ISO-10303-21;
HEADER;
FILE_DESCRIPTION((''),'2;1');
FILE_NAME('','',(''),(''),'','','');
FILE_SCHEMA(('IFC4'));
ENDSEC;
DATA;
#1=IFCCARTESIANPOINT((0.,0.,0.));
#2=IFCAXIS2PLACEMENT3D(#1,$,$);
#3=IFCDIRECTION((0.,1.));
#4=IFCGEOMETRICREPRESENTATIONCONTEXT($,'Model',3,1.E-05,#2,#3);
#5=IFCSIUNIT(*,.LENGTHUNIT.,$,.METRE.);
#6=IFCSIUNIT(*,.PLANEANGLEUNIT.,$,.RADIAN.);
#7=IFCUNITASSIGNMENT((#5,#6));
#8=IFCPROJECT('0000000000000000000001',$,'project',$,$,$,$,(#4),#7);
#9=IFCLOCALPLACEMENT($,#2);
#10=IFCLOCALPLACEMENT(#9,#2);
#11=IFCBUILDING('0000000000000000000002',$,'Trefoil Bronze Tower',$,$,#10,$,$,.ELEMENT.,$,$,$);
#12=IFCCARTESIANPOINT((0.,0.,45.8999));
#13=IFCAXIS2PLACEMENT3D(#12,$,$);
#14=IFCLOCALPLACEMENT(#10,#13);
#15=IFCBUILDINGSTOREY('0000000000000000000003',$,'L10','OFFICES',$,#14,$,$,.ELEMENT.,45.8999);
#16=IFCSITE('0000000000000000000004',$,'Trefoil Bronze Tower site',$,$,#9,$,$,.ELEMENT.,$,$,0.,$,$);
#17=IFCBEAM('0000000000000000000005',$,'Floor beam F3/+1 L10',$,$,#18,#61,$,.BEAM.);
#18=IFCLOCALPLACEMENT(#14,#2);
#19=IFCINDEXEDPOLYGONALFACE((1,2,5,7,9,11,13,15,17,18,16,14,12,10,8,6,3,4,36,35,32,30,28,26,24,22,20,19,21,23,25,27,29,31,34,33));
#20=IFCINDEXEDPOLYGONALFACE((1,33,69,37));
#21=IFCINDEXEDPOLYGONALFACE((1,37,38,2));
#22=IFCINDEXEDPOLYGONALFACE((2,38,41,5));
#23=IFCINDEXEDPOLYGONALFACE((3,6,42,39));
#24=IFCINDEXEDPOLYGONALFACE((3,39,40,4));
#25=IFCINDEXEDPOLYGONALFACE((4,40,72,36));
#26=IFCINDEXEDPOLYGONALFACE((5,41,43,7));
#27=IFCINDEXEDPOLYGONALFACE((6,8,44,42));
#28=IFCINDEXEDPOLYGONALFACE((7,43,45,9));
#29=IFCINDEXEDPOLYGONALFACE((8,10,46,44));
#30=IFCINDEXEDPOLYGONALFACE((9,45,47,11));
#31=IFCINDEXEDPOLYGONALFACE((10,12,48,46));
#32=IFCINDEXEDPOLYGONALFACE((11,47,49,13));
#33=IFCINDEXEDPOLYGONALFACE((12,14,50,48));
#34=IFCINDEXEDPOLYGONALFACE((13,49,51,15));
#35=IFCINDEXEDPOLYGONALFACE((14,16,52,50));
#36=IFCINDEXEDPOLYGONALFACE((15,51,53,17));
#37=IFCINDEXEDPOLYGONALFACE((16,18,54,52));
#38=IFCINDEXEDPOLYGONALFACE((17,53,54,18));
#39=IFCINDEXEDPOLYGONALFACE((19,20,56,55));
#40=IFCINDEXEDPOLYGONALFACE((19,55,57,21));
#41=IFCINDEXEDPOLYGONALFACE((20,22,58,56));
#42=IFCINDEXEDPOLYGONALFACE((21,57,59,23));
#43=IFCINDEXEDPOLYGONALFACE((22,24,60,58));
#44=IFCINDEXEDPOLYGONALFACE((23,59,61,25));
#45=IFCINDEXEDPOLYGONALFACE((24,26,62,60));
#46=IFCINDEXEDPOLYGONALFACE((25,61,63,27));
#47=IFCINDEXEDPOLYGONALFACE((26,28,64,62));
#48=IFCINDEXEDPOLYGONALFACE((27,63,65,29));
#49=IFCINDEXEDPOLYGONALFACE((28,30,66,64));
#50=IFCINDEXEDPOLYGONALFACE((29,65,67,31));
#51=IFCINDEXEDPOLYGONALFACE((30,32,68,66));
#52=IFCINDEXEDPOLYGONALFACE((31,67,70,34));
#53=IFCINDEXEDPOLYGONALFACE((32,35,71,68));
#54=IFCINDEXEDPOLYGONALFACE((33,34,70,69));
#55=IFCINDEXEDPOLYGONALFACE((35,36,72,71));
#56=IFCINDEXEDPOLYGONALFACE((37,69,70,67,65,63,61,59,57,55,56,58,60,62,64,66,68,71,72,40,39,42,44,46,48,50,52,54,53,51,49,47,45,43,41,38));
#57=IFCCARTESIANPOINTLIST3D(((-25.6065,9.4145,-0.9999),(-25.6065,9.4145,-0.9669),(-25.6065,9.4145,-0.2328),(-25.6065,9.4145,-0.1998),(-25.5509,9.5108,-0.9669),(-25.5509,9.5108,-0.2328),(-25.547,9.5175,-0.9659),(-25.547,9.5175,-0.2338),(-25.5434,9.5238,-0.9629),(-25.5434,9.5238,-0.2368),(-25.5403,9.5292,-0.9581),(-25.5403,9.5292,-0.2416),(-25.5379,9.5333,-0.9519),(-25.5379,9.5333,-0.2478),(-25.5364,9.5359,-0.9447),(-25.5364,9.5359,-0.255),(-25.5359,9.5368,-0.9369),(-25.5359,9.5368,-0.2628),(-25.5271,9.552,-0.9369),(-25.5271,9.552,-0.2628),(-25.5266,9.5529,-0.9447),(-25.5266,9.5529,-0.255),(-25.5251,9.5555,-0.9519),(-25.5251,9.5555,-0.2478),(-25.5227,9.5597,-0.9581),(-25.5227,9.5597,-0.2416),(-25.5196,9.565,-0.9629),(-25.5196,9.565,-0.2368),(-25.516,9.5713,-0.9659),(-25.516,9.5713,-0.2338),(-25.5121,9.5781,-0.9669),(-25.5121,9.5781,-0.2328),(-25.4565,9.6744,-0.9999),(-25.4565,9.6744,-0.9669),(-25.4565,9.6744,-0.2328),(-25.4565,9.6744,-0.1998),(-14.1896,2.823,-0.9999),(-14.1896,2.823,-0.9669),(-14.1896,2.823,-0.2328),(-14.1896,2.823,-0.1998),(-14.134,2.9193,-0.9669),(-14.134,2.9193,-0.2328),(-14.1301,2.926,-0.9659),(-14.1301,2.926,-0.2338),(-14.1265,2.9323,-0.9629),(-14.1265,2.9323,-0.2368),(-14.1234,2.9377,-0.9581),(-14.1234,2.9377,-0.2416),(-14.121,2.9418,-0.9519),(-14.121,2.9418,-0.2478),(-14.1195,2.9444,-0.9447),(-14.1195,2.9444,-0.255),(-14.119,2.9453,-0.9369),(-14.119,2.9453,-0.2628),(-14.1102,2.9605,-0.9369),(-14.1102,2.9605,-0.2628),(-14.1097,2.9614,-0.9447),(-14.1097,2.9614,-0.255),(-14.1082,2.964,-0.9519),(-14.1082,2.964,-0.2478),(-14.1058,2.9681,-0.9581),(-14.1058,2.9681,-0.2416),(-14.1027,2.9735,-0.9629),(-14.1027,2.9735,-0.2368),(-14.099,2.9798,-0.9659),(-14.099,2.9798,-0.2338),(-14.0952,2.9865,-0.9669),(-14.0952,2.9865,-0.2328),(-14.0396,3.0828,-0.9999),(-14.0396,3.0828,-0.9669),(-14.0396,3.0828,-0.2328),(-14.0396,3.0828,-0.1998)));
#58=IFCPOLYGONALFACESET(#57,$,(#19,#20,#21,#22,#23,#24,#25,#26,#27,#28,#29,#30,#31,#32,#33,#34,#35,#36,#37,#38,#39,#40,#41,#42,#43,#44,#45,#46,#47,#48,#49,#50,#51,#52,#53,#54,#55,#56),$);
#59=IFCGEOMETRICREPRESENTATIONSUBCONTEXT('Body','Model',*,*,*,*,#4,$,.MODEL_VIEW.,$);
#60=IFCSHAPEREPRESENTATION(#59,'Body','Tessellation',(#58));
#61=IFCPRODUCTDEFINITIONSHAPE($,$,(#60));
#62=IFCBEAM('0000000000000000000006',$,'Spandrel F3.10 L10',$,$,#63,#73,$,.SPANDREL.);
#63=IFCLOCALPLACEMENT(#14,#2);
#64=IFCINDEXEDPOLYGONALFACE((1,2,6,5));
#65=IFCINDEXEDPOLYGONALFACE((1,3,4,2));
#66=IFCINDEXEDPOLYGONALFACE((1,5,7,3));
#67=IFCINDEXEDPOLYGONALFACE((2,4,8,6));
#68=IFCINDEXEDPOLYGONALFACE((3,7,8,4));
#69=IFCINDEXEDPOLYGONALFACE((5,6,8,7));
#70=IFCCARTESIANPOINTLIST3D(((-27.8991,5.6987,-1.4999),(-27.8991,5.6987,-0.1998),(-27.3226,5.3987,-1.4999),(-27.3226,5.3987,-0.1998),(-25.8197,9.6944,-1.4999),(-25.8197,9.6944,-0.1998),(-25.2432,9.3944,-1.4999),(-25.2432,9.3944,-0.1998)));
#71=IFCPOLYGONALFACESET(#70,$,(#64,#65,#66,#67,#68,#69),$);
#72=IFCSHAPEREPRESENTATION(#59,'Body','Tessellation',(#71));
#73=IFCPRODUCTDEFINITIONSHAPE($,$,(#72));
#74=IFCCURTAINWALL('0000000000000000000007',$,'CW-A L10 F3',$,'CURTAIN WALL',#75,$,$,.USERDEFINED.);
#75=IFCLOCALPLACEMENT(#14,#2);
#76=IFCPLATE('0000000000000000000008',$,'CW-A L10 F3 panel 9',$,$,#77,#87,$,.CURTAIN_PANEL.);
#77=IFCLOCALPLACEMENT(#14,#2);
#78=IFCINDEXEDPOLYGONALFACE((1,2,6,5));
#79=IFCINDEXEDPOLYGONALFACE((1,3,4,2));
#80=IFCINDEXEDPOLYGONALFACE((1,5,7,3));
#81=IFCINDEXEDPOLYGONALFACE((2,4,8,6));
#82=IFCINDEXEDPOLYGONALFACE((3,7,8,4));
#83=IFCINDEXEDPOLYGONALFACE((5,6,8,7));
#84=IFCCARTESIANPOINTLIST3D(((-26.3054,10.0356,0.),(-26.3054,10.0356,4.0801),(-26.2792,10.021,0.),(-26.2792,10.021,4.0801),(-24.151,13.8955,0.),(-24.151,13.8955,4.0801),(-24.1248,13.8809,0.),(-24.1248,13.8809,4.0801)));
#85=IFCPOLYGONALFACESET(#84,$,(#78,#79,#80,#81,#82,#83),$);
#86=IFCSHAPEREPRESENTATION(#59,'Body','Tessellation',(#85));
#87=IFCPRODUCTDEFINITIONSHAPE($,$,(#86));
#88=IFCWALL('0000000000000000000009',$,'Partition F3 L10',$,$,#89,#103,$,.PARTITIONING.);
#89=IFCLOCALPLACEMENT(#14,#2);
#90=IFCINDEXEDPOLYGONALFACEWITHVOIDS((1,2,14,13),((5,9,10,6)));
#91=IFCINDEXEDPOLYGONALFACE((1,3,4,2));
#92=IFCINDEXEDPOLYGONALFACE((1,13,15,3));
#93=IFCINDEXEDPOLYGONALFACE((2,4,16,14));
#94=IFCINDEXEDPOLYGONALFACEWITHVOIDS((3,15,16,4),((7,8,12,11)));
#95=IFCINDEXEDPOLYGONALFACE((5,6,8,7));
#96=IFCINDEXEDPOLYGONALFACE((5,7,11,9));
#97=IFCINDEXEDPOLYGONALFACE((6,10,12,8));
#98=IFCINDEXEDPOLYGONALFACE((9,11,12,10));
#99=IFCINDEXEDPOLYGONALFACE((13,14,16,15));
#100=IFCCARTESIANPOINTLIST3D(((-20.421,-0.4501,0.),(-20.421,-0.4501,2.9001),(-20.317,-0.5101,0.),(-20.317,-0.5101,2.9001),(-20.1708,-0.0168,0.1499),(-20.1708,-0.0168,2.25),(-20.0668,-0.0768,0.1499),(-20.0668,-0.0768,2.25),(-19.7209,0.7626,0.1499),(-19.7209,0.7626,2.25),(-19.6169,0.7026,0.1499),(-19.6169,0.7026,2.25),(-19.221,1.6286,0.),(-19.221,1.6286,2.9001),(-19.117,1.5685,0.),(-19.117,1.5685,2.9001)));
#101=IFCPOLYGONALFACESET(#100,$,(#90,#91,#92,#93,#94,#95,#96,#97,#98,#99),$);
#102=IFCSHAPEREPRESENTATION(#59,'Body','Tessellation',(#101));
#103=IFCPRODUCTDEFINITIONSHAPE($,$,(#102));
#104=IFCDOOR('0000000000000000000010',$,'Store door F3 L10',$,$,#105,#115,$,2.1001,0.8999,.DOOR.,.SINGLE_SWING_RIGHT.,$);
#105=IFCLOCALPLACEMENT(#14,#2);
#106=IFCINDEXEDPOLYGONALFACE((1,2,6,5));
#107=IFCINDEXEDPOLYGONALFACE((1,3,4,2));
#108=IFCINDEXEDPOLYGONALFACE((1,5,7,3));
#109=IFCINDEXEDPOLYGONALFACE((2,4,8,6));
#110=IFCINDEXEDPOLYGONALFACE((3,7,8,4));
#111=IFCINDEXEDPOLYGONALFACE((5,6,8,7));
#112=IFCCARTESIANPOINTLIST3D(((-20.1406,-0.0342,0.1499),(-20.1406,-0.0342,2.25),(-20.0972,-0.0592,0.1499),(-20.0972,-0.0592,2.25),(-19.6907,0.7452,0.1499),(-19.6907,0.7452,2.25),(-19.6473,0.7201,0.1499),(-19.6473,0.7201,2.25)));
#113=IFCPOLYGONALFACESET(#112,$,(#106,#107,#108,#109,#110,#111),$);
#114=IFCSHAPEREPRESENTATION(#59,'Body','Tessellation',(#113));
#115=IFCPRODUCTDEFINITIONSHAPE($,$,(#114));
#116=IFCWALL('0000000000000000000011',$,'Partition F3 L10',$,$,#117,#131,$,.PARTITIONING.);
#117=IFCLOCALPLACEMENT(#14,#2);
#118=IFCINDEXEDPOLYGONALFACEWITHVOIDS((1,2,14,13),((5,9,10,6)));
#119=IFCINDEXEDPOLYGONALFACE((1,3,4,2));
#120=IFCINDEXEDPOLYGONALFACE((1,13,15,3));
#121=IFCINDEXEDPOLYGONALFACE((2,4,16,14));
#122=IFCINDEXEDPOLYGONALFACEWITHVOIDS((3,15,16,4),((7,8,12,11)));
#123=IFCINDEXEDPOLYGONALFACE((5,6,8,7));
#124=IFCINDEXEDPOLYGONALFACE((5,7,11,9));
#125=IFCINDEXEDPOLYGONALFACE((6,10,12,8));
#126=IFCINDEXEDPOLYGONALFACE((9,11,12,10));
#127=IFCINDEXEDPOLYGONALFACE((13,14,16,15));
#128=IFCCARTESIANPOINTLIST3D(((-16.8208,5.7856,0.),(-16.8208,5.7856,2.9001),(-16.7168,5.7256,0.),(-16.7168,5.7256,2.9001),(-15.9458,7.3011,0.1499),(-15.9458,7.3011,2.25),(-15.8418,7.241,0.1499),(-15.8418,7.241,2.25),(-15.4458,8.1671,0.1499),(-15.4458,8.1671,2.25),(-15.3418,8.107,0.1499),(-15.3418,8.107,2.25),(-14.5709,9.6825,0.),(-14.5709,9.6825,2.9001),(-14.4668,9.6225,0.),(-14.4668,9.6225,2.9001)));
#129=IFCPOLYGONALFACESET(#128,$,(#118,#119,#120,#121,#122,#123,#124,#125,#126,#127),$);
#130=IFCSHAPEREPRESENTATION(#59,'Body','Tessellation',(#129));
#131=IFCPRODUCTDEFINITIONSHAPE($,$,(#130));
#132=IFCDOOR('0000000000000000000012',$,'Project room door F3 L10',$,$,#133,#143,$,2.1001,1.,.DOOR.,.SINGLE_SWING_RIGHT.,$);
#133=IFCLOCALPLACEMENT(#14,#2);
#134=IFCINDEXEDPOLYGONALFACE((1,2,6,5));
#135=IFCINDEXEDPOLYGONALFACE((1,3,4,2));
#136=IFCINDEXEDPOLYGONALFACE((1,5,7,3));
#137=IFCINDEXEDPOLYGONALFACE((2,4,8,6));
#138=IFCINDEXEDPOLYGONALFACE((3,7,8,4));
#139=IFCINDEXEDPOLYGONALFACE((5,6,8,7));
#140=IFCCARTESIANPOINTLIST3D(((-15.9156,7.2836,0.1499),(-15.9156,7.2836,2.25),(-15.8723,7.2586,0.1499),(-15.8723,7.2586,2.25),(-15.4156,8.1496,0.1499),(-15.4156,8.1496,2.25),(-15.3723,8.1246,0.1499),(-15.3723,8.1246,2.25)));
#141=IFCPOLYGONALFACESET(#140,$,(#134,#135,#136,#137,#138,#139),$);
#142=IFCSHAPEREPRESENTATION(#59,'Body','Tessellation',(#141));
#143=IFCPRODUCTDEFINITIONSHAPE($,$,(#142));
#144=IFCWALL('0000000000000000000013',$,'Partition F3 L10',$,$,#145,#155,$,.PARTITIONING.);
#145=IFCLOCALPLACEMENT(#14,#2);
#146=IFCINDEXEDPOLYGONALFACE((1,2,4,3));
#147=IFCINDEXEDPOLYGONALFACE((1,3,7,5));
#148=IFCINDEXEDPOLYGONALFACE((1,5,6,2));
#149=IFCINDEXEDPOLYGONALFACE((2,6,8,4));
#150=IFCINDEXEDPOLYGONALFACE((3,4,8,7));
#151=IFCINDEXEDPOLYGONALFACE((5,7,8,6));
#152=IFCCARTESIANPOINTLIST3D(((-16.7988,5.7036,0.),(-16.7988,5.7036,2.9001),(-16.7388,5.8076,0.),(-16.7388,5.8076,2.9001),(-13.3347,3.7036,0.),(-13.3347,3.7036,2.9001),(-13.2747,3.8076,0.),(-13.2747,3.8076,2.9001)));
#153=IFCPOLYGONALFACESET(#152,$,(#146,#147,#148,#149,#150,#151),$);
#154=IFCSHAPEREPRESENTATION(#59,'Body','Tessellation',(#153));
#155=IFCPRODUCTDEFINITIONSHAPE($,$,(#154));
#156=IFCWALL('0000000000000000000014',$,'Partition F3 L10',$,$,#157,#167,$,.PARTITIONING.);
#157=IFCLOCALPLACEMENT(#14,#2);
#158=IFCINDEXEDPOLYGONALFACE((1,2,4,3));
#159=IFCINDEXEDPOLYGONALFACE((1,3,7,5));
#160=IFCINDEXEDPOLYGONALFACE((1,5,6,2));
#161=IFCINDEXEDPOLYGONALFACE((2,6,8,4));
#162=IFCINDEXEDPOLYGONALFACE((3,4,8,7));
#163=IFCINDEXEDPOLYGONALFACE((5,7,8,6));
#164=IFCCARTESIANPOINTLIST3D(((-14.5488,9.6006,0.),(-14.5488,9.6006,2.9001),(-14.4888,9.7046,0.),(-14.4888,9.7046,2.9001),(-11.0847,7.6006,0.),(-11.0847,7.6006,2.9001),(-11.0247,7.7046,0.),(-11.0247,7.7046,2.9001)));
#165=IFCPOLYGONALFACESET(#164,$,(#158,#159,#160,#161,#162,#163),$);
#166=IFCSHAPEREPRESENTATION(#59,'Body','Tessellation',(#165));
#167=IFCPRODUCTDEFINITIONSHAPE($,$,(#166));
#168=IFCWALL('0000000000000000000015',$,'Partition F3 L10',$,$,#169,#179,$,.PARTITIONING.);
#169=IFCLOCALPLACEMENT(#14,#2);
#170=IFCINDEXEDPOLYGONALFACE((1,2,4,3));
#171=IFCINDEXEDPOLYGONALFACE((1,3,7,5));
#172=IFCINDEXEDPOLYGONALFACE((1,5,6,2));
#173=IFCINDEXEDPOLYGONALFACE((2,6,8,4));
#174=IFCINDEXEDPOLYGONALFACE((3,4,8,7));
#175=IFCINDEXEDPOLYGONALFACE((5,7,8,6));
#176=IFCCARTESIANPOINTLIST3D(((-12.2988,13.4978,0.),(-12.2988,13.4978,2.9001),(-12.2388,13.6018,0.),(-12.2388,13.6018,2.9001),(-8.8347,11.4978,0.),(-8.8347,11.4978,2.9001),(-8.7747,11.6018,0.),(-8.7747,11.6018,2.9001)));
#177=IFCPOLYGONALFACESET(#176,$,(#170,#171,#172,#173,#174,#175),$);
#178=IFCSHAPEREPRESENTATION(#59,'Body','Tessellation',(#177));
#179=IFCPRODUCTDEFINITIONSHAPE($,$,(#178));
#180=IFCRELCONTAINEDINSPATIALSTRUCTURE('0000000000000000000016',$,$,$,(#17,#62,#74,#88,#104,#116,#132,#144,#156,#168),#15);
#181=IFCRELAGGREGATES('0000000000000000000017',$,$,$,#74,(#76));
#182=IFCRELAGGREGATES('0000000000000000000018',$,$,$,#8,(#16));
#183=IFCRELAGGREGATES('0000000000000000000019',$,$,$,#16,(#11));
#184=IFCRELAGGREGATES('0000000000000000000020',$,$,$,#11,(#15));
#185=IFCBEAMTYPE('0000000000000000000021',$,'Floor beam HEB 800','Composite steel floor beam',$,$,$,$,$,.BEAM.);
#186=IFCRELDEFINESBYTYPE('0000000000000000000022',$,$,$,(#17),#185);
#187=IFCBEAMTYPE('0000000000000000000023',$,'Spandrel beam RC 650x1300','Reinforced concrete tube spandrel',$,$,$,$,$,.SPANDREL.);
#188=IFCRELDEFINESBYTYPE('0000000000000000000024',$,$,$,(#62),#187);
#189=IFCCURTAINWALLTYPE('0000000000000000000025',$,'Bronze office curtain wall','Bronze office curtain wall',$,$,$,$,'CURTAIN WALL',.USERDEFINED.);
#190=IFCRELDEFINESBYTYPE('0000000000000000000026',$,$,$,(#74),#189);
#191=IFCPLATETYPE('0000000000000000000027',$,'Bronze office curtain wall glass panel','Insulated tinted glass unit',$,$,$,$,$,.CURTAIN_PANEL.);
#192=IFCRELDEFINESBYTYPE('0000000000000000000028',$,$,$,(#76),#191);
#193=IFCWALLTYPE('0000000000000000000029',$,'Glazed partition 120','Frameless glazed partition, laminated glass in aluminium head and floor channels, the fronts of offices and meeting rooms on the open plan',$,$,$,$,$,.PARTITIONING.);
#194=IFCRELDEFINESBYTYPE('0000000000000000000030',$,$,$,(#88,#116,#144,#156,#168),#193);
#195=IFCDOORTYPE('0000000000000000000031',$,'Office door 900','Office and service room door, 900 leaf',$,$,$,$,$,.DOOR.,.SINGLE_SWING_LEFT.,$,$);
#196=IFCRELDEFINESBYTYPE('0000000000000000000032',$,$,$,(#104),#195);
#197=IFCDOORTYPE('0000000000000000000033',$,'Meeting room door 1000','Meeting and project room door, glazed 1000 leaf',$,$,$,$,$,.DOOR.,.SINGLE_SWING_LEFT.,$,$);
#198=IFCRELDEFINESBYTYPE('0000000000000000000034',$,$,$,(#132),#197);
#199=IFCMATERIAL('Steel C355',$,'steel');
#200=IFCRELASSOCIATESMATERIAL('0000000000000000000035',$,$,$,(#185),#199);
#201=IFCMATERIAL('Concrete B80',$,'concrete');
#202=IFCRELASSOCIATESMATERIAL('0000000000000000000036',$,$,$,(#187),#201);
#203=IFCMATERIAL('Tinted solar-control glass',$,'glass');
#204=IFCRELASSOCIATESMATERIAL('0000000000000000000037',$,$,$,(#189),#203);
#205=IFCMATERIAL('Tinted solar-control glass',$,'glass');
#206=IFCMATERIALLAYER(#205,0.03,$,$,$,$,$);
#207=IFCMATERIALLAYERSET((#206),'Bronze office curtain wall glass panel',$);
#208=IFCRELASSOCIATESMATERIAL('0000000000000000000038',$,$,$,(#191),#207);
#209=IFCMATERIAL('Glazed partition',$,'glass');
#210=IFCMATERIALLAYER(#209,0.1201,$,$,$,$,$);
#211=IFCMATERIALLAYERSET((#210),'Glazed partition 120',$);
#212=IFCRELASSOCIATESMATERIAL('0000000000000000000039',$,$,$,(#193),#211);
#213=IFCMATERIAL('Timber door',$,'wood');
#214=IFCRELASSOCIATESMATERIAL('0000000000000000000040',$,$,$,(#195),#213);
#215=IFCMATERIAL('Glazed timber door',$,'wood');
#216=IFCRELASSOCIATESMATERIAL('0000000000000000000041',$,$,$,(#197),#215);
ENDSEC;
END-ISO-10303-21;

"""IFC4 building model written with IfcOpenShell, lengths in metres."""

from ifc_helpers import new_model, si_unit, direction, frame, frame_2d, origin, origin_2d, place, context, subcontext, project, spatial, rectangle, i_section, extrude, material, layer, layer_set, material_profile, profile_set, type_object, element, fill, aggregate, save


model = new_model("IFC4")

# Units and contexts
model_context = context("Model", 3, precision=1e-05, world=origin(), true_north=direction((0.0, 1.0)))
body_context = subcontext(model_context, "Body", "Model", "MODEL_VIEW")
ifc_project = project(units=[si_unit("LENGTHUNIT", "METRE"), si_unit("PLANEANGLEUNIT", "RADIAN")], contexts=[model_context])

# Site, building, storey
site_placement = place(None, origin())
site = spatial("IfcSite", under=ifc_project, at=site_placement, Name="Trefoil Bronze Tower site", CompositionType="ELEMENT", RefElevation=0.0)
building_placement = place(site_placement, origin())
building = spatial("IfcBuilding", under=site, at=building_placement, Name="Trefoil Bronze Tower", CompositionType="ELEMENT")
storey_placement = place(building_placement, frame((0.0, 0.0, 45.8999)))
storey = spatial("IfcBuildingStorey", under=building, at=storey_placement, Name="L10", Description="OFFICES", CompositionType="ELEMENT", Elevation=45.8999)

# Beams
ifc_material_1 = material(Name="Steel C355", Category="steel")
ifc_material_profile_1 = material_profile(ifc_material_1, i_section(OverallWidth=0.3, OverallDepth=0.8, WebThickness=0.0176, FlangeThickness=0.033, FilletRadius=0.03, at=origin_2d()), Name="HEB 800")
ifc_profile_set_1 = profile_set([ifc_material_profile_1], Name="Steel C355")
beam_type_1 = type_object("IfcBeamType", Name="Floor beam HEB 800", Description="Composite steel floor beam", PredefinedType="BEAM", material=ifc_profile_set_1)
beam_1_placement = place(storey_placement, frame((-25.5315, 9.5444, -0.5999), z_axis=(0.866027, -0.499997, 0.0), x_axis=(0.499997, 0.866027, 0.0)))
element("IfcBeam", 1, at=beam_1_placement, inside=storey, type_object=beam_type_1, Name="Floor beam F3/+1 L10", PredefinedType="BEAM", context=body_context, shape_type="SweptSolid", body=[
    extrude(i_section(OverallWidth=0.3, OverallDepth=0.8, WebThickness=0.0176, FlangeThickness=0.033, FilletRadius=0.03, at=origin_2d()), origin(), (0.0, 0.0, 1.0), 13.1831),
])
ifc_material_2 = material(Name="Concrete B80", Category="concrete")
ifc_material_profile_2 = material_profile(ifc_material_2, rectangle(XDim=0.6499, YDim=1.3, at=origin_2d()), Name="RC 650x1300")
ifc_profile_set_2 = profile_set([ifc_material_profile_2], Name="Concrete B80")
beam_type_2 = type_object("IfcBeamType", Name="Spandrel beam RC 650x1300", Description="Reinforced concrete tube spandrel", PredefinedType="SPANDREL", material=ifc_profile_set_2)
beam_2_placement = place(storey_placement, frame((-25.5315, 9.5444, -0.8499), z_axis=(-0.461638, -0.887069, 0.0), x_axis=(0.887069, -0.461638, 0.0)))
element("IfcBeam", 2, at=beam_2_placement, inside=storey, type_object=beam_type_2, Name="Spandrel F3.10 L10", PredefinedType="SPANDREL", context=body_context, shape_type="SweptSolid", body=[
    extrude(rectangle(XDim=0.6499, YDim=1.3, at=origin_2d()), origin(), (0.0, 0.0, 1.0), 4.5044),
])

# Curtain wall, plate
ifc_material_3 = material(Name="Tinted solar-control glass", Category="glass")
curtain_wall_type = type_object("IfcCurtainWallType", Name="Bronze office curtain wall", Description="Bronze office curtain wall", ElementType="CURTAIN WALL", PredefinedType="USERDEFINED", material=ifc_material_3)
curtain_wall_placement = place(storey_placement, origin())
curtain_wall = element("IfcCurtainWall", 3, at=curtain_wall_placement, inside=storey, type_object=curtain_wall_type, Name="CW-A L10 F3", ObjectType="CURTAIN WALL", PredefinedType="USERDEFINED")
ifc_material_4 = material(Name="Tinted solar-control glass", Category="glass")
ifc_layer_1 = layer(ifc_material_4, 0.03)
ifc_layer_set_1 = layer_set([ifc_layer_1], Name="Bronze office curtain wall glass panel")
plate_type = type_object("IfcPlateType", Name="Bronze office curtain wall glass panel", Description="Insulated tinted glass unit", PredefinedType="CURTAIN_PANEL", material=ifc_layer_set_1)
plate_placement = place(storey_placement, frame((-25.2151, 11.9583, 0.0), z_axis=(0.0, 0.0, 1.0), x_axis=(-0.487382, -0.873189, 0.0)))
plate = element("IfcPlate", 4, at=plate_placement, type_object=plate_type, Name="CW-A L10 F3 panel 9", PredefinedType="CURTAIN_PANEL", context=body_context, shape_type="SweptSolid", body=[
    extrude(rectangle(XDim=4.4204, YDim=0.03, at=origin_2d()), origin(), (0.0, 0.0, 1.0), 4.0801),
])
aggregate(curtain_wall, [plate])

# Walls, openings, doors
ifc_material_5 = material(Name="Glazed partition", Category="glass")
ifc_layer_2 = layer(ifc_material_5, 0.1201)
ifc_layer_set_2 = layer_set([ifc_layer_2], Name="Glazed partition 120")
wall_type_1 = type_object("IfcWallType", Name="Glazed partition 120", Description="Frameless glazed partition, laminated glass in aluminium head and floor channels, the fronts of offices and meeting rooms on the open plan", PredefinedType="PARTITIONING", material=ifc_layer_set_2)
wall_1_placement = place(storey_placement, frame((-19.1689, 1.5986, 0.0), z_axis=(0.0, 0.0, 1.0), x_axis=(-0.499957, -0.86605, 0.0)))
wall_1 = element("IfcWall", 5, at=wall_1_placement, inside=storey, type_object=wall_type_1, Name="Partition F3 L10", PredefinedType="PARTITIONING", context=body_context, shape_type="SweptSolid", body=[
    extrude(rectangle(XDim=2.4001, YDim=0.1201, at=frame_2d((1.2002, 0.0))), origin(), (0.0, 0.0, 1.0), 2.9001),
])
opening_1_placement = place(wall_1_placement, frame((1.0, 0.0, 0.1499)))
opening_1 = element("IfcOpeningElement", 6, at=opening_1_placement, cuts=wall_1, PredefinedType="OPENING", context=body_context, shape_type="SweptSolid", body=[
    extrude(rectangle(XDim=0.8999, YDim=2.1001, at=frame_2d((0.45, 1.05))), frame((0.0, 0.0701, 0.0), z_axis=(0.0, -1.0, 0.0), x_axis=(1.0, 0.0, 0.0)), (0.0, 0.0, 1.0), 0.1401),
])
ifc_material_6 = material(Name="Timber door", Category="wood")
door_type_1 = type_object("IfcDoorType", Name="Office door 900", Description="Office and service room door, 900 leaf", OperationType="SINGLE_SWING_LEFT", PredefinedType="DOOR", material=ifc_material_6)
door_1_placement = place(opening_1_placement, origin())
door_1 = element("IfcDoor", 7, at=door_1_placement, inside=storey, type_object=door_type_1, Name="Store door F3 L10", OperationType="SINGLE_SWING_RIGHT", OverallHeight=2.1001, OverallWidth=0.8999, PredefinedType="DOOR", context=body_context, shape_type="SweptSolid", body=[
    extrude(rectangle(XDim=0.8999, YDim=2.1001, at=frame_2d((0.45, 1.05))), frame((0.0, 0.0249, 0.0), z_axis=(0.0, -1.0, 0.0), x_axis=(1.0, 0.0, 0.0)), (0.0, 0.0, 1.0), 0.05),
])
fill(opening_1, door_1)
wall_2_placement = place(storey_placement, frame((-14.5188, 9.6526, 0.0), z_axis=(0.0, 0.0, 1.0), x_axis=(-0.500014, -0.866018, 0.0)))
wall_2 = element("IfcWall", 8, at=wall_2_placement, inside=storey, type_object=wall_type_1, Name="Partition F3 L10", PredefinedType="PARTITIONING", context=body_context, shape_type="SweptSolid", body=[
    extrude(rectangle(XDim=4.4998, YDim=0.1201, at=frame_2d((2.25, 0.0))), origin(), (0.0, 0.0, 1.0), 2.9001),
])
opening_2_placement = place(wall_2_placement, frame((1.75, 0.0, 0.1499)))
opening_2 = element("IfcOpeningElement", 9, at=opening_2_placement, cuts=wall_2, PredefinedType="OPENING", context=body_context, shape_type="SweptSolid", body=[
    extrude(rectangle(XDim=1.0, YDim=2.1001, at=frame_2d((0.5, 1.05))), frame((0.0, 0.0701, 0.0), z_axis=(0.0, -1.0, 0.0), x_axis=(1.0, 0.0, 0.0)), (0.0, 0.0, 1.0), 0.1401),
])
ifc_material_7 = material(Name="Glazed timber door", Category="wood")
door_type_2 = type_object("IfcDoorType", Name="Meeting room door 1000", Description="Meeting and project room door, glazed 1000 leaf", OperationType="SINGLE_SWING_LEFT", PredefinedType="DOOR", material=ifc_material_7)
door_2_placement = place(opening_2_placement, origin())
door_2 = element("IfcDoor", 10, at=door_2_placement, inside=storey, type_object=door_type_2, Name="Project room door F3 L10", OperationType="SINGLE_SWING_RIGHT", OverallHeight=2.1001, OverallWidth=1.0, PredefinedType="DOOR", context=body_context, shape_type="SweptSolid", body=[
    extrude(rectangle(XDim=1.0, YDim=2.1001, at=frame_2d((0.5, 1.05))), frame((0.0, 0.0249, 0.0), z_axis=(0.0, -1.0, 0.0), x_axis=(1.0, 0.0, 0.0)), (0.0, 0.0, 1.0), 0.05),
])
fill(opening_2, door_2)

# Walls
for number, where, z_axis, x_axis, name in (
    (11, (-13.3047, 3.7556, 0.0), (0.0, 0.0, 1.0), (-0.866026, 0.499999, 0.0), "Partition F3 L10"),
    (12, (-11.0547, 7.6526, 0.0), (0.0, 0.0, 1.0), (-0.866026, 0.499999, 0.0), "Partition F3 L10"),
    (13, (-8.8047, 11.5498, 0.0), (0.0, 0.0, 1.0), (-0.866026, 0.499999, 0.0), "Partition F3 L10"),
):
    element("IfcWall", number, at=place(storey_placement, frame(where, z_axis=z_axis, x_axis=x_axis)), inside=storey, type_object=wall_type_1, Name=name, PredefinedType="PARTITIONING", context=body_context, shape_type="SweptSolid", body=[
        extrude(rectangle(XDim=4.0, YDim=0.1201, at=frame_2d((2.0, 0.0))), origin(), (0.0, 0.0, 1.0), 2.9001),
    ])

save(model, "model.ifc")
